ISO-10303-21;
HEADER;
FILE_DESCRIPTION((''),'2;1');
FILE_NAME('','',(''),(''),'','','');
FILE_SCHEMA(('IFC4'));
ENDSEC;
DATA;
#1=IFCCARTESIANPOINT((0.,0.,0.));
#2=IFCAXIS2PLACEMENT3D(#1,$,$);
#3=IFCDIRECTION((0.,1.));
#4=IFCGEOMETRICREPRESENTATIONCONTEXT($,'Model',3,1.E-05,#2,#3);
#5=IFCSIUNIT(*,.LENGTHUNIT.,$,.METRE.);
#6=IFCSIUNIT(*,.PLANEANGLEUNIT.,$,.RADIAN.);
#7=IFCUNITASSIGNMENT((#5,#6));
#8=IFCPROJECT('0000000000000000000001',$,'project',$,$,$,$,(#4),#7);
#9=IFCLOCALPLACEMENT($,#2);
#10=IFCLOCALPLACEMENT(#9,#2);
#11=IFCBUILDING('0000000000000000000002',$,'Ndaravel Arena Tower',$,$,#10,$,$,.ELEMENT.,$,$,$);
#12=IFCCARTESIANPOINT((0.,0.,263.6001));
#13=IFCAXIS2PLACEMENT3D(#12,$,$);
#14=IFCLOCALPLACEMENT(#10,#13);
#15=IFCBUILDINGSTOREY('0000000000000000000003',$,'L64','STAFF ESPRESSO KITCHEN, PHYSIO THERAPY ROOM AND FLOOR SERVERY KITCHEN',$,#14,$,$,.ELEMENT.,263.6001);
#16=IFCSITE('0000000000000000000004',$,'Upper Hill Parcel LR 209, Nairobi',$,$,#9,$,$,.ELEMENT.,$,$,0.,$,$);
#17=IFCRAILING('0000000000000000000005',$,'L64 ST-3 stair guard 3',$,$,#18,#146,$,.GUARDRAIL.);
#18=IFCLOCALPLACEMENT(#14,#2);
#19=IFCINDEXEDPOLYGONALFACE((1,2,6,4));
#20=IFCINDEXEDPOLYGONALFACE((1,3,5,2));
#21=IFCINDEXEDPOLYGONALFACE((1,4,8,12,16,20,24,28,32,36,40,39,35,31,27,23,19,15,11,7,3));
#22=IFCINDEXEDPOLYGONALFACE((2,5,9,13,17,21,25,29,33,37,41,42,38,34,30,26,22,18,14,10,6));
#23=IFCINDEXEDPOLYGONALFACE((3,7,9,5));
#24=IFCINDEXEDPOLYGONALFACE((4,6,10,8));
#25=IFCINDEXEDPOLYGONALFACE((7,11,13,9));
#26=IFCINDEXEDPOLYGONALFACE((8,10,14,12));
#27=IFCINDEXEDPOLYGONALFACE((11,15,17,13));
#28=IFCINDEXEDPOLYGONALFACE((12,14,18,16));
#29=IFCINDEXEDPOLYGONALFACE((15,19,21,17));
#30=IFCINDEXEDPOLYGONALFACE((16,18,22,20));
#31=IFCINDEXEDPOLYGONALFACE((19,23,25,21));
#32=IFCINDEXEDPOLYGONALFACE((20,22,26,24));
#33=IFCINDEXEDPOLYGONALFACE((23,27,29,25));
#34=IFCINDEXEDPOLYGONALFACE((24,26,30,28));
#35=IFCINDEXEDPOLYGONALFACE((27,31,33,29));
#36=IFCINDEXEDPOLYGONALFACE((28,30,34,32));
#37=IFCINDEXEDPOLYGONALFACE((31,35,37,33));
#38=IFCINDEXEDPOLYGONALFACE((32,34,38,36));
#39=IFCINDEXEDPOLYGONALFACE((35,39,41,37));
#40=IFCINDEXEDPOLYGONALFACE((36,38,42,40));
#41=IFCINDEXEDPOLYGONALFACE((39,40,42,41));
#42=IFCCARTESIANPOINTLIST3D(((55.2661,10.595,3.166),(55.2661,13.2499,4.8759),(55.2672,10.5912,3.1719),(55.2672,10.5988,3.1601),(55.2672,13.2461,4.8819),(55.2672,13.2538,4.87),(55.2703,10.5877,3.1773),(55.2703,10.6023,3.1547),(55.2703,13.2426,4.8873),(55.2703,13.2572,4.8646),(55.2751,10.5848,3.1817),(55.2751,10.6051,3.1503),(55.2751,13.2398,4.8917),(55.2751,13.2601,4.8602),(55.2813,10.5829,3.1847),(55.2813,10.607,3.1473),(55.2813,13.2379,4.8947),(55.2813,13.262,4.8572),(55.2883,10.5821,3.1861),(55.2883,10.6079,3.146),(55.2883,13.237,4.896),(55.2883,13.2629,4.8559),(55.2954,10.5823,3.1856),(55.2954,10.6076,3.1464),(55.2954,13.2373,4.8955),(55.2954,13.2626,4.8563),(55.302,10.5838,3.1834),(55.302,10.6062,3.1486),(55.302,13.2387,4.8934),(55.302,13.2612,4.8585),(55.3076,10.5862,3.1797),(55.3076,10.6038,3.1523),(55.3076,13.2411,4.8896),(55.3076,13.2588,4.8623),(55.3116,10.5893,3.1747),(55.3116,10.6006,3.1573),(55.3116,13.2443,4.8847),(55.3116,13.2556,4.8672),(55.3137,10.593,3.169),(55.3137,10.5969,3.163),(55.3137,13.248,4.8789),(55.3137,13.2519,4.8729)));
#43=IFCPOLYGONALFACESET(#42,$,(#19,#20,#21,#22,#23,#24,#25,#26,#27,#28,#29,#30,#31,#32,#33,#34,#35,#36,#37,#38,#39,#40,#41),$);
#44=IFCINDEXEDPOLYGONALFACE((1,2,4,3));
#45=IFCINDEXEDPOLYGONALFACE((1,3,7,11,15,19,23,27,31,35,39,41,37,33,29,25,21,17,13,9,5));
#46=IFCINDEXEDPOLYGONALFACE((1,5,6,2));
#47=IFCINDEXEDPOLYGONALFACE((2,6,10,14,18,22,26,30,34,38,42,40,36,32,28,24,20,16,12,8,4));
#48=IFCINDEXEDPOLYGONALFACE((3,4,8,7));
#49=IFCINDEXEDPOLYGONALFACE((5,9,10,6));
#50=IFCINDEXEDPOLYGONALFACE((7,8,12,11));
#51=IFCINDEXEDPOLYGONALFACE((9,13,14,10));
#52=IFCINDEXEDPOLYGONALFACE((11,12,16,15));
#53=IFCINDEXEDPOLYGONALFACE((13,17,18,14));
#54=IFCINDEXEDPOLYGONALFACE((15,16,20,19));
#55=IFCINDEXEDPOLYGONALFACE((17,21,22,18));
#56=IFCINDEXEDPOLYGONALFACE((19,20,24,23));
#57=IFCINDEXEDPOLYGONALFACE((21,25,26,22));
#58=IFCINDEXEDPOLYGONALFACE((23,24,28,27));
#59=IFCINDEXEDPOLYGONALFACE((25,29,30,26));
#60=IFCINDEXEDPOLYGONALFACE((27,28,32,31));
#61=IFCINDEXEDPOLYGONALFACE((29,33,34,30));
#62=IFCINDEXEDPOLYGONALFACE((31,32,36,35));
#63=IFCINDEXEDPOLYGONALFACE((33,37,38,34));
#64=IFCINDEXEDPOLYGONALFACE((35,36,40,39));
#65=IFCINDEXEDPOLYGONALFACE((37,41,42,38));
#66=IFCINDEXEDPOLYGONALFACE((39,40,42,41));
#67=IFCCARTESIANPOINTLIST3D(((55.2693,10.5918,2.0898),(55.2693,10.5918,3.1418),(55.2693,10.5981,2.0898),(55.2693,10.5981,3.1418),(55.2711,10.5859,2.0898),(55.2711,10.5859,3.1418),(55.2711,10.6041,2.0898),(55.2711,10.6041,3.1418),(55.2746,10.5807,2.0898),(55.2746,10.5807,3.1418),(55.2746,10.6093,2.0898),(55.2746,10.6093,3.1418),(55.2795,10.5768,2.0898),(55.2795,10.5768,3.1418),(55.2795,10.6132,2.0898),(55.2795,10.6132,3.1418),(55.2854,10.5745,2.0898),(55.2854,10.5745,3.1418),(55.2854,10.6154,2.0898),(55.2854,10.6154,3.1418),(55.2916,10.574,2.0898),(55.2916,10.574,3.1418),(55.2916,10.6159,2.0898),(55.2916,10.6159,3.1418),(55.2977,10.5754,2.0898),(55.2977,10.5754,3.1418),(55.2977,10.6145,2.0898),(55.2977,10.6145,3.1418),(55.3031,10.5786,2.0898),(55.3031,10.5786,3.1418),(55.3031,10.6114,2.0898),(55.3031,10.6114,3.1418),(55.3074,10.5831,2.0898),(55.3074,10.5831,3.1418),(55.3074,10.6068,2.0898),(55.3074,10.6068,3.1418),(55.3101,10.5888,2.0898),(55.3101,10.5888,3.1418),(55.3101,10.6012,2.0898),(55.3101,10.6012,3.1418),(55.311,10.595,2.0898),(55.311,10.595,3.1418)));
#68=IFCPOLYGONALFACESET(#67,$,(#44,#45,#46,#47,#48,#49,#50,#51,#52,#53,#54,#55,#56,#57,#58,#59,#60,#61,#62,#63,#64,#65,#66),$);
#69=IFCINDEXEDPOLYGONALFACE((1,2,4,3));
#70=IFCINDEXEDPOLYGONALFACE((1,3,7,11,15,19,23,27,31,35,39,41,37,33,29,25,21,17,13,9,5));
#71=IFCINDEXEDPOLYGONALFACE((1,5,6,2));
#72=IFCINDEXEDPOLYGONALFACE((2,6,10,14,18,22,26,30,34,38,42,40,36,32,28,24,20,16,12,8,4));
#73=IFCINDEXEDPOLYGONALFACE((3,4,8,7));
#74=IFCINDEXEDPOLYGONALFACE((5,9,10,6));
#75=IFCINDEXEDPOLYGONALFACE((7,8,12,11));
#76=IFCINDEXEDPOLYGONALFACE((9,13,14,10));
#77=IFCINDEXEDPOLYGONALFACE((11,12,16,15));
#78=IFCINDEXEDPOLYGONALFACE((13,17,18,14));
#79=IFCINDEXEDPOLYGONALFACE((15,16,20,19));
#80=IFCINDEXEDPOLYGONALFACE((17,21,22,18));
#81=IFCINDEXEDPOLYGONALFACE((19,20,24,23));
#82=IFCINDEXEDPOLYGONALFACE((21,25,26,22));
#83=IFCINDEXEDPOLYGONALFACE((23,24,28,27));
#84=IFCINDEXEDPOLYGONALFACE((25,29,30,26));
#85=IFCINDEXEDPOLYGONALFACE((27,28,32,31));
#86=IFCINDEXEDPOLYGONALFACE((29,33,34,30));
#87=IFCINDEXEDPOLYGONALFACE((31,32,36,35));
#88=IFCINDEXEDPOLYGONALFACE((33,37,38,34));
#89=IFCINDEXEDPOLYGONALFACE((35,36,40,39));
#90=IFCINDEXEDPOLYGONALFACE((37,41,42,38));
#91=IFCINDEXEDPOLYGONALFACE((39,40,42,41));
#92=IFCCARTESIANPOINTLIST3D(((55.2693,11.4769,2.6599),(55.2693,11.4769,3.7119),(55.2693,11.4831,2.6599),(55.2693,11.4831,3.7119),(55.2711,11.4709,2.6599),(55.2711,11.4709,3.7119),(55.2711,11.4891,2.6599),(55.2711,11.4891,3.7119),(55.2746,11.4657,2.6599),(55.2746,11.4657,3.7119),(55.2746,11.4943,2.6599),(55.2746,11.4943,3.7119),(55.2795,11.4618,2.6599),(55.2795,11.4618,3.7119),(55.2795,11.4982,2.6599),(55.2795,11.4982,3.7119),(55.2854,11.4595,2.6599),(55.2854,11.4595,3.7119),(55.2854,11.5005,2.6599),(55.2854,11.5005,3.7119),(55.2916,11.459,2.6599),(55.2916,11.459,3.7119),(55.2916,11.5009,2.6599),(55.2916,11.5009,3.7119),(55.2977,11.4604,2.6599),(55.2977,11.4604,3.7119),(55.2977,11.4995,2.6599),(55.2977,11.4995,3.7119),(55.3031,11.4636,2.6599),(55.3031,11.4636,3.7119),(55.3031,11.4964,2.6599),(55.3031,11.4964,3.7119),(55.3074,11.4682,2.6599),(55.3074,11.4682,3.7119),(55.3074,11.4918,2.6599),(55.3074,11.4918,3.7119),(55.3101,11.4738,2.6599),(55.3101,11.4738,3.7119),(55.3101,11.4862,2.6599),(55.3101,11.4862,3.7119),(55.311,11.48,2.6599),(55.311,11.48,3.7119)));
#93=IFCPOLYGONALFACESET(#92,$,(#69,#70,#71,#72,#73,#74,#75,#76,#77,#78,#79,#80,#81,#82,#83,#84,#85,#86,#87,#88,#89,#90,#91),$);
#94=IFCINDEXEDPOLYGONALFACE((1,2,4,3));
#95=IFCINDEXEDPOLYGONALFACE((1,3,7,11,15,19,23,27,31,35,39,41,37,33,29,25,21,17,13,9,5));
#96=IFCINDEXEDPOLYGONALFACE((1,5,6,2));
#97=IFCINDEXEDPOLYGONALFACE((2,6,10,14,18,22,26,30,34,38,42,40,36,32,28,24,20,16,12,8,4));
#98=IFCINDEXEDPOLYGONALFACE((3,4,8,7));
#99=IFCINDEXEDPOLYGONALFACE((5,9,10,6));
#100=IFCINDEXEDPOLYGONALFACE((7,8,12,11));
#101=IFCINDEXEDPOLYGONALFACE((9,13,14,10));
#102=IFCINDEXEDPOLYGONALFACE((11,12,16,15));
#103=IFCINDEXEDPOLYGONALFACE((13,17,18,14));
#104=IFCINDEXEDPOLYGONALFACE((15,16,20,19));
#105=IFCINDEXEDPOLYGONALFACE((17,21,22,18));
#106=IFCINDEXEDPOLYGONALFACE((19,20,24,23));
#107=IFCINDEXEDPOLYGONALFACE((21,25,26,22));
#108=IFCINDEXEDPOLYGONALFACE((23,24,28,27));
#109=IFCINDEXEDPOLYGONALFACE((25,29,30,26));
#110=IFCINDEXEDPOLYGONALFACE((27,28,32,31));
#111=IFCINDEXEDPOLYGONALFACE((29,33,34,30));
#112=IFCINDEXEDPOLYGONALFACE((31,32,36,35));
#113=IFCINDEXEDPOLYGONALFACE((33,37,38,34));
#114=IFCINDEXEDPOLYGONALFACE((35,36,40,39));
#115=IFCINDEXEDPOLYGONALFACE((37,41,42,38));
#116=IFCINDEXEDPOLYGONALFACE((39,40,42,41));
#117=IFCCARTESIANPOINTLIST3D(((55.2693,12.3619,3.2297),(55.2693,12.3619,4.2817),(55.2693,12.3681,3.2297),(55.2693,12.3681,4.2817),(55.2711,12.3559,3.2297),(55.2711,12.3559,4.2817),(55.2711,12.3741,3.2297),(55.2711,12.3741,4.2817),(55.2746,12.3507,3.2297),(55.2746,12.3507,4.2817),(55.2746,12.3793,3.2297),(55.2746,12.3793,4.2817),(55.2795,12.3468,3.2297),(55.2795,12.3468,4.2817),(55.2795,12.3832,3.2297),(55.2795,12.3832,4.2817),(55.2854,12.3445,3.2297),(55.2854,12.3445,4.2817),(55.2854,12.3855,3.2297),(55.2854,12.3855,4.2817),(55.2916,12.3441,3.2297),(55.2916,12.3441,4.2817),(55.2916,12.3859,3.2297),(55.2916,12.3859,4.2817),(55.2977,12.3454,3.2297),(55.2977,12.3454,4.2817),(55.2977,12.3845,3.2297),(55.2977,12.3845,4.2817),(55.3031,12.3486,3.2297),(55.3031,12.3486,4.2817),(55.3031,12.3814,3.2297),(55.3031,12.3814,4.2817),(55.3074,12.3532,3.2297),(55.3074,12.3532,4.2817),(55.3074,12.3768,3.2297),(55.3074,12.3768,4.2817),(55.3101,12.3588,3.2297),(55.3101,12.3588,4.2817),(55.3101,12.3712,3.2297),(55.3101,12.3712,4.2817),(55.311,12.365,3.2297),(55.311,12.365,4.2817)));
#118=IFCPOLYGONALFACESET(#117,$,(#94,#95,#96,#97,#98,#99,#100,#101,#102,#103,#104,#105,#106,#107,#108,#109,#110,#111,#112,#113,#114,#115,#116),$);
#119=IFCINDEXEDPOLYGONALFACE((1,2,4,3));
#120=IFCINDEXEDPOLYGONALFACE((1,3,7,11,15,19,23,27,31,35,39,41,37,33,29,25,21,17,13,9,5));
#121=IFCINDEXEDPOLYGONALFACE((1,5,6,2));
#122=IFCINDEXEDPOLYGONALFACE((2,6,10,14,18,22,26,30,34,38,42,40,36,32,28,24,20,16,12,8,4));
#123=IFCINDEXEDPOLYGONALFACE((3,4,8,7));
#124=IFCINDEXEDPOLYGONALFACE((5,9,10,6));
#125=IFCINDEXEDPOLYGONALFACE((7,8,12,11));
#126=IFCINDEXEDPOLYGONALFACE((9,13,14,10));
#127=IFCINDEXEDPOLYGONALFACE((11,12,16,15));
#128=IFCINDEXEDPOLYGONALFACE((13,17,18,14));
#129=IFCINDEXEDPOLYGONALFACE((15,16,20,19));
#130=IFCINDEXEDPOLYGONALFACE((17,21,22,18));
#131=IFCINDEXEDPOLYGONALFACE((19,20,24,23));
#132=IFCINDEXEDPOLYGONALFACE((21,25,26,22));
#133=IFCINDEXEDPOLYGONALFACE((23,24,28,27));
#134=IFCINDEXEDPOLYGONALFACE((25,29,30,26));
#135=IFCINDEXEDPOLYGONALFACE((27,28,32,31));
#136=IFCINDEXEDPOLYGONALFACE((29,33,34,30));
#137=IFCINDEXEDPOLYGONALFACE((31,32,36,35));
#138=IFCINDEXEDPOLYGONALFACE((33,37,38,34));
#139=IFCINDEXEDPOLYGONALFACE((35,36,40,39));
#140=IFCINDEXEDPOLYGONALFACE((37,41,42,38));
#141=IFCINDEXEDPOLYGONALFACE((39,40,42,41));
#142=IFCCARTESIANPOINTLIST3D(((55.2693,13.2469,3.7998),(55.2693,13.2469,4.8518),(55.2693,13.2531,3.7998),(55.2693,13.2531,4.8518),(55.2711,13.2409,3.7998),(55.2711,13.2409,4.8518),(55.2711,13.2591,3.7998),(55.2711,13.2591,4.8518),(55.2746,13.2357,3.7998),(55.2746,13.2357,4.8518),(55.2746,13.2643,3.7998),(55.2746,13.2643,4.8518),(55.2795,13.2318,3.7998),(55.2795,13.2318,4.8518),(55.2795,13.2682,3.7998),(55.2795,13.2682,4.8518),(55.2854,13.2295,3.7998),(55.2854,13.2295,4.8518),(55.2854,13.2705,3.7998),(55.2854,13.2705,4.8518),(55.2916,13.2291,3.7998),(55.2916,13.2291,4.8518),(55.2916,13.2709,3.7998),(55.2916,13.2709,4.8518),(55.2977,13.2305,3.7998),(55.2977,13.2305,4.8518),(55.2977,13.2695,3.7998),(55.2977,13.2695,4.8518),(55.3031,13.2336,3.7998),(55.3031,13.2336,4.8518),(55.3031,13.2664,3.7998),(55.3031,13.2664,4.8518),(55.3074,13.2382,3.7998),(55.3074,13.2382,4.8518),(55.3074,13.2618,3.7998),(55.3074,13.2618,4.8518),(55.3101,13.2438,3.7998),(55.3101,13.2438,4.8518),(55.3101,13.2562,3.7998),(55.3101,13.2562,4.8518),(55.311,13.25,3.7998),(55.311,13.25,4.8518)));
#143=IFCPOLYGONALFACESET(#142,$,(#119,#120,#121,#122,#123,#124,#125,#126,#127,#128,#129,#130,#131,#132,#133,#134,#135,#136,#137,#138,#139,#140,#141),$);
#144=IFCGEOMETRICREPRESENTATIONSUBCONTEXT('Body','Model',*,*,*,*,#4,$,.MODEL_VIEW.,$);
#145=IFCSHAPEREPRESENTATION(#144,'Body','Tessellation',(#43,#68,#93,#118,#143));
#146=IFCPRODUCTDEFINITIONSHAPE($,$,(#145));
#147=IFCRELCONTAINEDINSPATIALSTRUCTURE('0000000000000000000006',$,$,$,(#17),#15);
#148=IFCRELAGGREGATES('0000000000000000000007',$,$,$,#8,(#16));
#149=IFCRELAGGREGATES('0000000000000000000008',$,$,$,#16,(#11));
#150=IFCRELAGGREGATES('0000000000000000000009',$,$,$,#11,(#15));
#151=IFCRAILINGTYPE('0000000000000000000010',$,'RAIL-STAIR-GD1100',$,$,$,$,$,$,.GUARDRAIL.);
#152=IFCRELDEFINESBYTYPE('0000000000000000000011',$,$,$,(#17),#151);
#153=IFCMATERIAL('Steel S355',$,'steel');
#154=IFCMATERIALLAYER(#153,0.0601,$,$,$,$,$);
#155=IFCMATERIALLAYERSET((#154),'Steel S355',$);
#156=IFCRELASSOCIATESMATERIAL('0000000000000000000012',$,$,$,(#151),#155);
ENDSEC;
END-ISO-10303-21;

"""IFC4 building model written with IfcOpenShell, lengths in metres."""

from ifc_helpers import new_model, si_unit, direction, frame, origin, origin_2d, place, context, subcontext, project, spatial, circle, extrude, material, layer, layer_set, type_object, element, save


model = new_model("IFC4")

# Units and contexts
model_context = context("Model", 3, precision=1e-05, world=origin(), true_north=direction((0.0, 1.0)))
body_context = subcontext(model_context, "Body", "Model", "MODEL_VIEW")
ifc_project = project(units=[si_unit("LENGTHUNIT", "METRE"), si_unit("PLANEANGLEUNIT", "RADIAN")], contexts=[model_context])

# Site, building, storey
site_placement = place(None, origin())
site = spatial("IfcSite", under=ifc_project, at=site_placement, Name="Upper Hill Parcel LR 209, Nairobi", CompositionType="ELEMENT", RefElevation=0.0)
building_placement = place(site_placement, origin())
building = spatial("IfcBuilding", under=site, at=building_placement, Name="Ndaravel Arena Tower", CompositionType="ELEMENT")
storey_placement = place(building_placement, frame((0.0, 0.0, 263.6001)))
storey = spatial("IfcBuildingStorey", under=building, at=storey_placement, Name="L64", Description="STAFF ESPRESSO KITCHEN, PHYSIO THERAPY ROOM AND FLOOR SERVERY KITCHEN", CompositionType="ELEMENT", Elevation=263.6001)

# Railing
ifc_material_1 = material(Name="Steel S355", Category="steel")
ifc_layer_1 = layer(ifc_material_1, 0.0601)
ifc_layer_set_1 = layer_set([ifc_layer_1], Name="Steel S355")
railing_type_1 = type_object("IfcRailingType", Name="RAIL-STAIR-GD1100", PredefinedType="GUARDRAIL", material=ifc_layer_set_1)
railing_1_placement = place(storey_placement, frame((55.29, 10.595, 2.0898)))
element("IfcRailing", 1, at=railing_1_placement, inside=storey, type_object=railing_type_1, Name="L64 ST-3 stair guard 3", PredefinedType="GUARDRAIL", context=body_context, shape_type="SweptSolid", body=[
    extrude(circle(Radius=0.0239, at=origin_2d()), frame((0.0, 0.0, 1.0762), z_axis=(0.0, 0.840724, 0.541465), x_axis=(-1.0, 0.0, 0.0)), (0.0, 0.0, 1.0), 3.158),
    extrude(circle(Radius=0.021, at=origin_2d()), origin(), (0.0, 0.0, 1.0), 1.052),
    extrude(circle(Radius=0.021, at=origin_2d()), frame((0.0, 0.885, 0.5701)), (0.0, 0.0, 1.0), 1.052),
    extrude(circle(Radius=0.021, at=origin_2d()), frame((0.0, 1.77, 1.1399)), (0.0, 0.0, 1.0), 1.052),
    extrude(circle(Radius=0.021, at=origin_2d()), frame((0.0, 2.655, 1.71)), (0.0, 0.0, 1.0), 1.052),
])

save(model, "model.ifc")
